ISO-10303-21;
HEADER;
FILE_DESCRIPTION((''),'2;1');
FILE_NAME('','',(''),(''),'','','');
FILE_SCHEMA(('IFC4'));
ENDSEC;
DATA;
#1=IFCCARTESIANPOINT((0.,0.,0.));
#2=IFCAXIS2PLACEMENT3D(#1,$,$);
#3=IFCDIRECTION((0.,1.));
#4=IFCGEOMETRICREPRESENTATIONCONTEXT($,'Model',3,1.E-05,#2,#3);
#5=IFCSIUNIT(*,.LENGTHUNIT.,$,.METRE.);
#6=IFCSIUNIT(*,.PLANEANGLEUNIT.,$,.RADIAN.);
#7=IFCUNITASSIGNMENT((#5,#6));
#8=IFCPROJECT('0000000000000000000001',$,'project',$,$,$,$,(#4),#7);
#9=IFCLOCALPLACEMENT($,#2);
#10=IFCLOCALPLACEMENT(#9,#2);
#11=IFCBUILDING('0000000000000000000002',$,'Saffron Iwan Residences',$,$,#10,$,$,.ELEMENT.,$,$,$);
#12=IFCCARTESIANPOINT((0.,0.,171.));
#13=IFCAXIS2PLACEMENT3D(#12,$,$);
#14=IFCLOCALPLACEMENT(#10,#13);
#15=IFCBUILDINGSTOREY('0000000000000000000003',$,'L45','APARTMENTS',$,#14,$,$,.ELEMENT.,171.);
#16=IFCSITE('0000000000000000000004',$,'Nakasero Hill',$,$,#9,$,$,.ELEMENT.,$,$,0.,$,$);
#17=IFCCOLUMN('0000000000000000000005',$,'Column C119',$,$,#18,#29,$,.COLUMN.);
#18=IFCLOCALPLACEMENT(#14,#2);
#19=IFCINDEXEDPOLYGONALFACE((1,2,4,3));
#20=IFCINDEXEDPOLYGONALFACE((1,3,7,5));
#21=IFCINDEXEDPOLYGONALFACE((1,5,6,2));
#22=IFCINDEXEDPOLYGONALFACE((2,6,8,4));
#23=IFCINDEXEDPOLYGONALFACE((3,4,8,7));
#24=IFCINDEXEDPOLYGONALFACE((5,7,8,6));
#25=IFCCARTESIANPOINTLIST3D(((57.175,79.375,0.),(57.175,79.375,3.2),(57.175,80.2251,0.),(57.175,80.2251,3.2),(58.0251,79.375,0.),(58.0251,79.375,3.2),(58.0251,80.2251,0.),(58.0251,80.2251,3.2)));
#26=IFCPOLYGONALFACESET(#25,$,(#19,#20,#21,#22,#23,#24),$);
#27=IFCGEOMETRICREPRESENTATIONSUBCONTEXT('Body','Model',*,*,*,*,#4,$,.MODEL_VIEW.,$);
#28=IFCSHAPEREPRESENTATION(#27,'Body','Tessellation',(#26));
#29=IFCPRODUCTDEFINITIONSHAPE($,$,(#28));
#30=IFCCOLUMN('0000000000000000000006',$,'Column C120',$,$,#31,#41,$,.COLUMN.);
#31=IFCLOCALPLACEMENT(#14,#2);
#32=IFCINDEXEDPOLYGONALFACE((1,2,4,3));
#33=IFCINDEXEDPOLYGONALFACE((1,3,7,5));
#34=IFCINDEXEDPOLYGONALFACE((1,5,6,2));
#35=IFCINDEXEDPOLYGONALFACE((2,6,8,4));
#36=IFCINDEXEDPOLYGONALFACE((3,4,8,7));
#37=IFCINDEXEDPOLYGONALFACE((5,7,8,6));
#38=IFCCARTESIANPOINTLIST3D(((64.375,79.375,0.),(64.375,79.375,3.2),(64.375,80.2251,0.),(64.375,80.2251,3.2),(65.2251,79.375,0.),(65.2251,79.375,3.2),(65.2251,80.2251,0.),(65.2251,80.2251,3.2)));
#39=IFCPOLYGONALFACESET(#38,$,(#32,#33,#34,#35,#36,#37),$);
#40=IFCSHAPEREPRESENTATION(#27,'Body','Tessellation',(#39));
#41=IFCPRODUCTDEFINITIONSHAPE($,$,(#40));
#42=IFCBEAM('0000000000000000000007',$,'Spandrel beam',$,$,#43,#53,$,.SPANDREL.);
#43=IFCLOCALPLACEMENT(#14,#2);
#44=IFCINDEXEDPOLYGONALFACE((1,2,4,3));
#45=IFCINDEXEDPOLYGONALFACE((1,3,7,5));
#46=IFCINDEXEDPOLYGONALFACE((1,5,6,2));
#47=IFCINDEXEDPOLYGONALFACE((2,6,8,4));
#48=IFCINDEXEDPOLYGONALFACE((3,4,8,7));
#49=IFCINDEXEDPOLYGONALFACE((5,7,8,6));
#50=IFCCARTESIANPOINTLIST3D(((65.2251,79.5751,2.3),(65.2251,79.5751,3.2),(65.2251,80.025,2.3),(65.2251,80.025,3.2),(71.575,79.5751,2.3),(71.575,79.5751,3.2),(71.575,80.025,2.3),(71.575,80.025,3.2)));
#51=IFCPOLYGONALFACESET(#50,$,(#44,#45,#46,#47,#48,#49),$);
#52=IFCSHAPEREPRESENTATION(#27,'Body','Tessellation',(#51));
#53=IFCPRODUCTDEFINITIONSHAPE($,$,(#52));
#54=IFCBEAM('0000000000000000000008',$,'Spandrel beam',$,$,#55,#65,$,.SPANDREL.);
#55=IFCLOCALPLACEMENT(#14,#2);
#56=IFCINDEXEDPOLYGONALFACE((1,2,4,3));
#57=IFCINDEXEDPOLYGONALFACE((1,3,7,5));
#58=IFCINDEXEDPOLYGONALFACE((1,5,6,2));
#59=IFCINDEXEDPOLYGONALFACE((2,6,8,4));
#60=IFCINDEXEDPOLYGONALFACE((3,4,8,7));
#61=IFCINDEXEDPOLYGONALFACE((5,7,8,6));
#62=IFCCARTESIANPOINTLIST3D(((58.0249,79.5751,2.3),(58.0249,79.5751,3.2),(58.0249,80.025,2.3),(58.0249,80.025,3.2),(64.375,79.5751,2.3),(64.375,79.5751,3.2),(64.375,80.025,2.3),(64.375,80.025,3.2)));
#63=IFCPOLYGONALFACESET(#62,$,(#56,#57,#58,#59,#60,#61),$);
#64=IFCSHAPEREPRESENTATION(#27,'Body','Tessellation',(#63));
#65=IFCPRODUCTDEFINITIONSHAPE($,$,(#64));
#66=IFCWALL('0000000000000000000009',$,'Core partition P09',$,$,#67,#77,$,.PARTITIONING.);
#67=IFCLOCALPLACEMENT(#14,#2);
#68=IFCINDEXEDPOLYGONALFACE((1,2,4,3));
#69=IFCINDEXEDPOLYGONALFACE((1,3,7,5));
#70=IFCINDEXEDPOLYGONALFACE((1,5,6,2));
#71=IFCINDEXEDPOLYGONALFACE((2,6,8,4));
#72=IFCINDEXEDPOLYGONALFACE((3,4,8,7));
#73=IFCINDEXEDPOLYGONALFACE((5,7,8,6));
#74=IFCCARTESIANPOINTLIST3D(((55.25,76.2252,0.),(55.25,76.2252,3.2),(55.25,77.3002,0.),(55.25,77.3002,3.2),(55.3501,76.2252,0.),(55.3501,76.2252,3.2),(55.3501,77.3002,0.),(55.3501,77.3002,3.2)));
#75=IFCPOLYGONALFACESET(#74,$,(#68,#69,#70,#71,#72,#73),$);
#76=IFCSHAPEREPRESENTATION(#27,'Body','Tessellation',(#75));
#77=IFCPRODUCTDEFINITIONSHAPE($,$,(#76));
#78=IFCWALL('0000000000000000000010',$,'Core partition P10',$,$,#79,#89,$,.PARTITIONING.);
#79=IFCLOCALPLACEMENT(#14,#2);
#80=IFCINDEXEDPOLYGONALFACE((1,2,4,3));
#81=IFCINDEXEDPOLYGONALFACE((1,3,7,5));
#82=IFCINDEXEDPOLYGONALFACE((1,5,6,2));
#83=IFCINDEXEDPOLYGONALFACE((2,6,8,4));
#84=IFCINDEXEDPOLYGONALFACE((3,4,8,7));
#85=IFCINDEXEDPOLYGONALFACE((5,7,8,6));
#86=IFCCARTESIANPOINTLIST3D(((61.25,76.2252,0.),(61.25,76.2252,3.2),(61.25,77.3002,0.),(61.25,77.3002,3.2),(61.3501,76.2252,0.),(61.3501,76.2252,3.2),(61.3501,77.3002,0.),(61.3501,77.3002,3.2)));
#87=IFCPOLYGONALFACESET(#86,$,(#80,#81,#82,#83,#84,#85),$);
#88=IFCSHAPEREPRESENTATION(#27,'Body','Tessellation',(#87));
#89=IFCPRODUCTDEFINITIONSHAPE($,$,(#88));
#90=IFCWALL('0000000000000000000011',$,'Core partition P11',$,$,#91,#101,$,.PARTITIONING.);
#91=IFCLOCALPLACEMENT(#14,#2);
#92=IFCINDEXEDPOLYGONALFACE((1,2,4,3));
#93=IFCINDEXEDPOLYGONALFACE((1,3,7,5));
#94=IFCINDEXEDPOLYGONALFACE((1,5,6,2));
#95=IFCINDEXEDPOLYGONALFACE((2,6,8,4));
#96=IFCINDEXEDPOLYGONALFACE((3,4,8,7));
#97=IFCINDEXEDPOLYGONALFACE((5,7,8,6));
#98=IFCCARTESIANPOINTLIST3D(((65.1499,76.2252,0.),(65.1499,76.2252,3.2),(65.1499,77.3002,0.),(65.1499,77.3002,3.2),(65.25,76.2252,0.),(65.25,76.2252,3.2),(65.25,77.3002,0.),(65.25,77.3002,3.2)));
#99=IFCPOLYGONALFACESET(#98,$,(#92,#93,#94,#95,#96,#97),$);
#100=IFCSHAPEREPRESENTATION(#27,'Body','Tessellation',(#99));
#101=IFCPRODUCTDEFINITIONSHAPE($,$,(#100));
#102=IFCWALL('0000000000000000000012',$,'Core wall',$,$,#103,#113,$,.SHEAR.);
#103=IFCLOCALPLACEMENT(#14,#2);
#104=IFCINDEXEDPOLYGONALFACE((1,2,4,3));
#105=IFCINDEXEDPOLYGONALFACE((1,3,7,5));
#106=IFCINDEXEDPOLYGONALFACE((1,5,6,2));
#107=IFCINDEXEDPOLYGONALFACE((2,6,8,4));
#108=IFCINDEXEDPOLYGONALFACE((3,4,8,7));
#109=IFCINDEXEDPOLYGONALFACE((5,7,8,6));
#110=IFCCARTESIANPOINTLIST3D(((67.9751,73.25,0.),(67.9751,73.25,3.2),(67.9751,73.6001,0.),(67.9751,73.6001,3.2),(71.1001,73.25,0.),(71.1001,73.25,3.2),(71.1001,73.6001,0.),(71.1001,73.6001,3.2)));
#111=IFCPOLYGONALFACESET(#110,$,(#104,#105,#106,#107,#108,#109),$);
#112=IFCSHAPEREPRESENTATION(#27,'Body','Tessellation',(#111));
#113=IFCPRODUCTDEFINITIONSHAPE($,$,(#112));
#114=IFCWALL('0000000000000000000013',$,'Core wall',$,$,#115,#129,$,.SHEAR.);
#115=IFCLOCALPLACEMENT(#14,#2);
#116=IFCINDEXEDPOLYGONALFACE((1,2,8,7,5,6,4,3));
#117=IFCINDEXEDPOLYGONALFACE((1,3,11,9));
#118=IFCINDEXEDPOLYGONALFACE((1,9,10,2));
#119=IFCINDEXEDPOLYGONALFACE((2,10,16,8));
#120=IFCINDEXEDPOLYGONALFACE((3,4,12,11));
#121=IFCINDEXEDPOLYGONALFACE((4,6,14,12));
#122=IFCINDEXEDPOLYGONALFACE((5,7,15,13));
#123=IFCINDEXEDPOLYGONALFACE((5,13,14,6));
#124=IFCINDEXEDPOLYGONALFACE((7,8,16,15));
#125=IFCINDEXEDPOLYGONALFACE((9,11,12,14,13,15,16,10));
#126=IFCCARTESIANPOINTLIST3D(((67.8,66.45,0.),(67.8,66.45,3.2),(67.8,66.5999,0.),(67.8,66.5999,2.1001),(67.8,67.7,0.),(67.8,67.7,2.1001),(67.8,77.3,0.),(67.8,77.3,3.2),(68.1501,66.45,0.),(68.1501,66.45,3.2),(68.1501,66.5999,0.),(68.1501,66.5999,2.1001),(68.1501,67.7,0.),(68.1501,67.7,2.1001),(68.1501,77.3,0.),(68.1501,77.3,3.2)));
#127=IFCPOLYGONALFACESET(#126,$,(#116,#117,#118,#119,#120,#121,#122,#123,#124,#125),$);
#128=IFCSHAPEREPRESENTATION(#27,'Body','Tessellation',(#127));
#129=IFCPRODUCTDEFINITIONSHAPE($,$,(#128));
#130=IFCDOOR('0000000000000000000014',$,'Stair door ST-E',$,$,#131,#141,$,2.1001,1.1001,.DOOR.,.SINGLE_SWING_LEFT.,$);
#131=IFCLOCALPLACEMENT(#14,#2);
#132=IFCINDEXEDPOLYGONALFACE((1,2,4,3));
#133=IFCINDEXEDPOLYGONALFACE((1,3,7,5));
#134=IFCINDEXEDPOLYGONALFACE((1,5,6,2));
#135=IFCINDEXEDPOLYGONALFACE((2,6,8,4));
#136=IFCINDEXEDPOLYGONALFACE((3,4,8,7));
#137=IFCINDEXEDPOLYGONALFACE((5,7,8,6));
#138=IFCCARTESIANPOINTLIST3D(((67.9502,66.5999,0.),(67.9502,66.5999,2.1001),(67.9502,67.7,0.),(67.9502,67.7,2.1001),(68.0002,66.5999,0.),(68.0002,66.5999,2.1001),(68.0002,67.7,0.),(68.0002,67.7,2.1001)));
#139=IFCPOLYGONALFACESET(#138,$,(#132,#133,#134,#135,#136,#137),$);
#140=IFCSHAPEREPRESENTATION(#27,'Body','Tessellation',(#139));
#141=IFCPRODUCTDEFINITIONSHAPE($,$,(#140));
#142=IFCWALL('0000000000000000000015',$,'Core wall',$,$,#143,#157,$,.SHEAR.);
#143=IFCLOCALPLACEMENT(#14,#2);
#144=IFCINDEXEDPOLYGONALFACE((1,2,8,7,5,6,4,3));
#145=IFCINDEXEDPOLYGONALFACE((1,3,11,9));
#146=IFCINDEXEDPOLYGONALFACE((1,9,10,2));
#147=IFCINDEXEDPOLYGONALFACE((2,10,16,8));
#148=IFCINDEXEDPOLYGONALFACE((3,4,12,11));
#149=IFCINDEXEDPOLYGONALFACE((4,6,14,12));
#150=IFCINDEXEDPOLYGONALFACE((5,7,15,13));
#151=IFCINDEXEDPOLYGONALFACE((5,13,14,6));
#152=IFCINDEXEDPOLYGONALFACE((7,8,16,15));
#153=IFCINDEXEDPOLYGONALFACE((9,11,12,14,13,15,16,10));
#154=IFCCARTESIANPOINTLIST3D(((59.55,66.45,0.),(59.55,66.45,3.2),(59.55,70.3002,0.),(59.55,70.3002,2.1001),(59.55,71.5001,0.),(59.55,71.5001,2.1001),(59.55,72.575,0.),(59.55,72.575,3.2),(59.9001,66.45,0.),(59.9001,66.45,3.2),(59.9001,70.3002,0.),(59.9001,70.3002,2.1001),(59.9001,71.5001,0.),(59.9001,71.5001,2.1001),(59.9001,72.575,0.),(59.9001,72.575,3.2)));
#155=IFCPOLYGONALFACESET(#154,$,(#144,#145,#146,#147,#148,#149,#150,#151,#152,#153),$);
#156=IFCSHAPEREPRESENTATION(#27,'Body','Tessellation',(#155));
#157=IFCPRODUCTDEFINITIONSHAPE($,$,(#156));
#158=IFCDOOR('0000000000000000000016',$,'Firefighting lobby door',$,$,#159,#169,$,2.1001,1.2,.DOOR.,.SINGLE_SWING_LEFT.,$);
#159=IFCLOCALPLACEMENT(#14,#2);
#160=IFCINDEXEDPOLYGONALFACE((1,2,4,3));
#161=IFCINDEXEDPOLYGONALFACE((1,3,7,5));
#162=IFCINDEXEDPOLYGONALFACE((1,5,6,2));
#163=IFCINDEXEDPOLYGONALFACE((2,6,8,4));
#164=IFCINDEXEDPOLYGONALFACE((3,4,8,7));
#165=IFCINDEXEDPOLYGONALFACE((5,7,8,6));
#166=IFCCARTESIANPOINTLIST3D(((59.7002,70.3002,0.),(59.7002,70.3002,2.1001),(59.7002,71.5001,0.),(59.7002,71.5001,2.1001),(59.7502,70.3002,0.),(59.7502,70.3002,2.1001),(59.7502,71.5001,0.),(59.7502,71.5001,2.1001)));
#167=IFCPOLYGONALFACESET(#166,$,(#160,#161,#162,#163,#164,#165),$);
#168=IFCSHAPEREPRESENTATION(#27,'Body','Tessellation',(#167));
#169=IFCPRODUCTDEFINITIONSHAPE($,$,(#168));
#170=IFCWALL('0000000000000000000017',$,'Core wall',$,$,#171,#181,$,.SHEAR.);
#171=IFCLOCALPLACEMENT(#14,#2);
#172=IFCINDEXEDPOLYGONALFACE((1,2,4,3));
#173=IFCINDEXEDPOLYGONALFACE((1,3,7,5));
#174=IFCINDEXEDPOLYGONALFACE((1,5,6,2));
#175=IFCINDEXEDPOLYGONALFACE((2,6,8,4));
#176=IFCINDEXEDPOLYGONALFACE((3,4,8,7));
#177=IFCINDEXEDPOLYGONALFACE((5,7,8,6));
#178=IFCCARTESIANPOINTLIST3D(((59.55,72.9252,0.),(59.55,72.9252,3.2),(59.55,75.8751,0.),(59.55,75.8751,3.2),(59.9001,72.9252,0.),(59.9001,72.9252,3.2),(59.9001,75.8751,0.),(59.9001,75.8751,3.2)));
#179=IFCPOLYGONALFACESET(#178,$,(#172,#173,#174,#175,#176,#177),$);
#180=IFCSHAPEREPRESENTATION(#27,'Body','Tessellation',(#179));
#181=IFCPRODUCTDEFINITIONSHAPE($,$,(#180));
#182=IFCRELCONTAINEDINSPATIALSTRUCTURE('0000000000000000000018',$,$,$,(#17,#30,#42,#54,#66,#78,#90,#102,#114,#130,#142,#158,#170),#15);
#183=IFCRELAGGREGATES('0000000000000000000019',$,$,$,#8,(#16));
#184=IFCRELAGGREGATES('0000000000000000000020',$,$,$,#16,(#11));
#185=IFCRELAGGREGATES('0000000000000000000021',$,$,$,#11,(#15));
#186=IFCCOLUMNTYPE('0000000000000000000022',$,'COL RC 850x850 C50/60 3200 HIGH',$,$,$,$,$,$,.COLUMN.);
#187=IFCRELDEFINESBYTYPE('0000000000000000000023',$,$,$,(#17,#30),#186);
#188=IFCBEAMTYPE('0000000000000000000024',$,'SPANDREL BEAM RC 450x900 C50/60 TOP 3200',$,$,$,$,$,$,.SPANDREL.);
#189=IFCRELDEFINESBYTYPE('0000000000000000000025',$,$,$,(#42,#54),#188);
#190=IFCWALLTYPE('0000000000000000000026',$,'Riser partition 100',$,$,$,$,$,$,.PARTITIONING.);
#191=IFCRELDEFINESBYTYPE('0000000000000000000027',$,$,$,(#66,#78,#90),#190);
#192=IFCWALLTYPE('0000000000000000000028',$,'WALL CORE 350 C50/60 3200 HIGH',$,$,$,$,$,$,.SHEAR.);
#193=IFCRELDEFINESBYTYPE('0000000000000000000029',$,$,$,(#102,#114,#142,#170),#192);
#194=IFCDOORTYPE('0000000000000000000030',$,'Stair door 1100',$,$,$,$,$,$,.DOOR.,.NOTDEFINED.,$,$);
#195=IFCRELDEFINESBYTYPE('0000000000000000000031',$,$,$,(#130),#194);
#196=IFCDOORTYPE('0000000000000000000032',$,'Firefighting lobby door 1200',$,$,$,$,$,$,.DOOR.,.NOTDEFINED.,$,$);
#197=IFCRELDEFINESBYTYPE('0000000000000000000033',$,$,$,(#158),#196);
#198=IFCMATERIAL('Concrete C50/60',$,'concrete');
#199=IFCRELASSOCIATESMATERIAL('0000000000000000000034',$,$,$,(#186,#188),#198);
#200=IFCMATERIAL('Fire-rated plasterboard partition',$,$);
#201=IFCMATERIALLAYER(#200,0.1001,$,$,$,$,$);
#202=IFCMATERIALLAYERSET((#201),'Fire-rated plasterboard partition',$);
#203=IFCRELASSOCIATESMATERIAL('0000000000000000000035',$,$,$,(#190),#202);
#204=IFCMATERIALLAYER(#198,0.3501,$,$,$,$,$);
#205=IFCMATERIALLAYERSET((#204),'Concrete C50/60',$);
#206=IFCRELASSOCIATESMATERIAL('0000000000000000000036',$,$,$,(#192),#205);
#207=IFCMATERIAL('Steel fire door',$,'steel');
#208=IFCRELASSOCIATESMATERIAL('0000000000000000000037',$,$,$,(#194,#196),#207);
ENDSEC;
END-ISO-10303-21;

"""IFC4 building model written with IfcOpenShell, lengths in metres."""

from ifc_helpers import new_model, si_unit, direction, frame, frame_2d, origin, origin_2d, place, context, subcontext, project, spatial, rectangle, extrude, source, transform, mapped, material, layer, layer_set, material_profile, profile_set, type_object, element, fill, save


model = new_model("IFC4")

# Units and contexts
model_context = context("Model", 3, precision=1e-05, world=origin(), true_north=direction((0.0, 1.0)))
body_context = subcontext(model_context, "Body", "Model", "MODEL_VIEW")
ifc_project = project(units=[si_unit("LENGTHUNIT", "METRE"), si_unit("PLANEANGLEUNIT", "RADIAN")], contexts=[model_context])

# Site, building, storey
site_placement = place(None, origin())
site = spatial("IfcSite", under=ifc_project, at=site_placement, Name="Nakasero Hill", CompositionType="ELEMENT", RefElevation=0.0)
building_placement = place(site_placement, origin())
building = spatial("IfcBuilding", under=site, at=building_placement, Name="Saffron Iwan Residences", CompositionType="ELEMENT")
storey_placement = place(building_placement, frame((0.0, 0.0, 171.0)))
storey = spatial("IfcBuildingStorey", under=building, at=storey_placement, Name="L45", Description="APARTMENTS", CompositionType="ELEMENT", Elevation=171.0)

# Columns
ifc_material_1 = material(Name="Concrete C50/60", Category="concrete")
ifc_material_profile_1 = material_profile(ifc_material_1, rectangle(XDim=0.8501, YDim=0.8501, at=origin_2d()), Name="RC 850x850")
ifc_profile_set_1 = profile_set([ifc_material_profile_1], Name="Concrete C50/60")
column_type = type_object("IfcColumnType", Name="COL RC 850x850 C50/60 3200 HIGH", PredefinedType="COLUMN", material=ifc_profile_set_1)
shared_shape_1 = source(origin(), body_context, "Body", "SweptSolid", [
    extrude(rectangle(XDim=0.8501, YDim=0.8501, at=origin_2d()), origin(), (0.0, 0.0, 1.0), 3.2),
])
for number, where, z_axis, x_axis, name in (
    (1, (57.6001, 79.8, 0.0), (0.0, 0.0, 1.0), (1.0, 0.0, 0.0), "Column C119"),
    (2, (64.8, 79.8, 0.0), (0.0, 0.0, 1.0), (1.0, 0.0, 0.0), "Column C120"),
):
    element("IfcColumn", number, at=place(storey_placement, frame(where, z_axis=z_axis, x_axis=x_axis)), inside=storey, type_object=column_type, Name=name, PredefinedType="COLUMN", context=body_context, shape_type="MappedRepresentation", body=[
        mapped(shared_shape_1, transform((0.0, 0.0, 0.0))),
    ])

# Beams
ifc_material_profile_2 = material_profile(ifc_material_1, rectangle(XDim=0.45, YDim=0.8999, at=origin_2d()), Name="RC 450x900")
ifc_profile_set_2 = profile_set([ifc_material_profile_2], Name="Concrete C50/60")
beam_type = type_object("IfcBeamType", Name="SPANDREL BEAM RC 450x900 C50/60 TOP 3200", PredefinedType="SPANDREL", material=ifc_profile_set_2)
shared_shape_2 = source(origin(), body_context, "Body", "SweptSolid", [
    extrude(rectangle(XDim=0.45, YDim=0.8999, at=origin_2d()), origin(), (0.0, 0.0, 1.0), 6.3499),
])
beam_1_placement = place(storey_placement, frame((65.2251, 79.8, 2.75), z_axis=(1.0, 0.0, 0.0), x_axis=(0.0, 1.0, 0.0)))
element("IfcBeam", 3, at=beam_1_placement, inside=storey, type_object=beam_type, Name="Spandrel beam", PredefinedType="SPANDREL", context=body_context, shape_type="MappedRepresentation", body=[
    mapped(shared_shape_2, transform((0.0, 0.0, 0.0))),
])
shared_shape_3 = source(origin(), body_context, "Body", "SweptSolid", [
    extrude(rectangle(XDim=0.45, YDim=0.8999, at=origin_2d()), origin(), (0.0, 0.0, 1.0), 6.3501),
])
beam_2_placement = place(storey_placement, frame((58.0249, 79.8, 2.75), z_axis=(1.0, 0.0, 0.0), x_axis=(0.0, 1.0, 0.0)))
element("IfcBeam", 4, at=beam_2_placement, inside=storey, type_object=beam_type, Name="Spandrel beam", PredefinedType="SPANDREL", context=body_context, shape_type="MappedRepresentation", body=[
    mapped(shared_shape_3, transform((0.0, 0.0, 0.0))),
])

# Walls
ifc_material_2 = material(Name="Fire-rated plasterboard partition")
ifc_layer_1 = layer(ifc_material_2, 0.1001)
ifc_layer_set_1 = layer_set([ifc_layer_1], Name="Fire-rated plasterboard partition")
wall_type_1 = type_object("IfcWallType", Name="Riser partition 100", PredefinedType="PARTITIONING", material=ifc_layer_set_1)
for number, where, z_axis, x_axis, name in (
    (5, (55.3, 76.2251, 0.0), (0.0, 0.0, 1.0), (0.0, 1.0, 0.0), "Core partition P09"),
    (6, (61.3, 76.2251, 0.0), (0.0, 0.0, 1.0), (0.0, 1.0, 0.0), "Core partition P10"),
    (7, (65.2, 76.2251, 0.0), (0.0, 0.0, 1.0), (0.0, 1.0, 0.0), "Core partition P11"),
):
    element("IfcWall", number, at=place(storey_placement, frame(where, z_axis=z_axis, x_axis=x_axis)), inside=storey, type_object=wall_type_1, Name=name, PredefinedType="PARTITIONING", context=body_context, shape_type="SweptSolid", body=[
        extrude(rectangle(XDim=1.075, YDim=0.1001, at=frame_2d((0.5376, 0.0))), origin(), (0.0, 0.0, 1.0), 3.2),
    ])
ifc_layer_2 = layer(ifc_material_1, 0.3501)
ifc_layer_set_2 = layer_set([ifc_layer_2], Name="Concrete C50/60")
wall_type_2 = type_object("IfcWallType", Name="WALL CORE 350 C50/60 3200 HIGH", PredefinedType="SHEAR", material=ifc_layer_set_2)
wall_1_placement = place(storey_placement, frame((67.9751, 73.425, 0.0), z_axis=(0.0, 0.0, 1.0), x_axis=(1.0, 0.0, 0.0)))
element("IfcWall", 8, at=wall_1_placement, inside=storey, type_object=wall_type_2, Name="Core wall", PredefinedType="SHEAR", context=body_context, shape_type="SweptSolid", body=[
    extrude(rectangle(XDim=3.125, YDim=0.3501, at=frame_2d((1.5625, 0.0))), origin(), (0.0, 0.0, 1.0), 3.2),
])

# Walls, openings, doors
wall_2_placement = place(storey_placement, frame((67.9751, 66.45, 0.0), z_axis=(0.0, 0.0, 1.0), x_axis=(0.0, 1.0, 0.0)))
wall_2 = element("IfcWall", 9, at=wall_2_placement, inside=storey, type_object=wall_type_2, Name="Core wall", PredefinedType="SHEAR", context=body_context, shape_type="SweptSolid", body=[
    extrude(rectangle(XDim=10.8501, YDim=0.3501, at=frame_2d((5.425, 0.0))), origin(), (0.0, 0.0, 1.0), 3.2),
])
opening_1_placement = place(wall_2_placement, frame((0.1499, 0.0, 0.0)))
opening_1 = element("IfcOpeningElement", 10, at=opening_1_placement, cuts=wall_2, PredefinedType="OPENING", context=body_context, shape_type="SweptSolid", body=[
    extrude(rectangle(XDim=1.1001, YDim=2.1001, at=frame_2d((0.55, 1.05))), frame((0.0, 0.1851, 0.0), z_axis=(0.0, -1.0, 0.0), x_axis=(1.0, 0.0, 0.0)), (0.0, 0.0, 1.0), 0.3701),
])
ifc_material_3 = material(Name="Steel fire door", Category="steel")
door_type_1 = type_object("IfcDoorType", Name="Stair door 1100", OperationType="NOTDEFINED", PredefinedType="DOOR", material=ifc_material_3)
door_1_placement = place(opening_1_placement, origin())
door_1 = element("IfcDoor", 11, at=door_1_placement, inside=storey, type_object=door_type_1, Name="Stair door ST-E", OperationType="SINGLE_SWING_LEFT", OverallHeight=2.1001, OverallWidth=1.1001, PredefinedType="DOOR", context=body_context, shape_type="SweptSolid", body=[
    extrude(rectangle(XDim=1.1001, YDim=2.1001, at=frame_2d((0.55, 1.05))), frame((0.0, 0.0249, 0.0), z_axis=(0.0, -1.0, 0.0), x_axis=(1.0, 0.0, 0.0)), (0.0, 0.0, 1.0), 0.05),
])
fill(opening_1, door_1)
wall_3_placement = place(storey_placement, frame((59.7251, 66.45, 0.0), z_axis=(0.0, 0.0, 1.0), x_axis=(0.0, 1.0, 0.0)))
wall_3 = element("IfcWall", 12, at=wall_3_placement, inside=storey, type_object=wall_type_2, Name="Core wall", PredefinedType="SHEAR", context=body_context, shape_type="SweptSolid", body=[
    extrude(rectangle(XDim=6.125, YDim=0.3501, at=frame_2d((3.0625, 0.0))), origin(), (0.0, 0.0, 1.0), 3.2),
])
opening_2_placement = place(wall_3_placement, frame((3.8501, 0.0, 0.0)))
opening_2 = element("IfcOpeningElement", 13, at=opening_2_placement, cuts=wall_3, PredefinedType="OPENING", context=body_context, shape_type="SweptSolid", body=[
    extrude(rectangle(XDim=1.2, YDim=2.1001, at=frame_2d((0.6001, 1.05))), frame((0.0, 0.1851, 0.0), z_axis=(0.0, -1.0, 0.0), x_axis=(1.0, 0.0, 0.0)), (0.0, 0.0, 1.0), 0.3701),
])
door_type_2 = type_object("IfcDoorType", Name="Firefighting lobby door 1200", OperationType="NOTDEFINED", PredefinedType="DOOR", material=ifc_material_3)
door_2_placement = place(opening_2_placement, origin())
door_2 = element("IfcDoor", 14, at=door_2_placement, inside=storey, type_object=door_type_2, Name="Firefighting lobby door", OperationType="SINGLE_SWING_LEFT", OverallHeight=2.1001, OverallWidth=1.2, PredefinedType="DOOR", context=body_context, shape_type="SweptSolid", body=[
    extrude(rectangle(XDim=1.2, YDim=2.1001, at=frame_2d((0.6001, 1.05))), frame((0.0, 0.0249, 0.0), z_axis=(0.0, -1.0, 0.0), x_axis=(1.0, 0.0, 0.0)), (0.0, 0.0, 1.0), 0.05),
])
fill(opening_2, door_2)

# Wall
wall_4_placement = place(storey_placement, frame((59.7251, 72.925, 0.0), z_axis=(0.0, 0.0, 1.0), x_axis=(0.0, 1.0, 0.0)))
element("IfcWall", 15, at=wall_4_placement, inside=storey, type_object=wall_type_2, Name="Core wall", PredefinedType="SHEAR", context=body_context, shape_type="SweptSolid", body=[
    extrude(rectangle(XDim=2.95, YDim=0.3501, at=frame_2d((1.4751, 0.0))), origin(), (0.0, 0.0, 1.0), 3.2),
])

save(model, "model.ifc")
